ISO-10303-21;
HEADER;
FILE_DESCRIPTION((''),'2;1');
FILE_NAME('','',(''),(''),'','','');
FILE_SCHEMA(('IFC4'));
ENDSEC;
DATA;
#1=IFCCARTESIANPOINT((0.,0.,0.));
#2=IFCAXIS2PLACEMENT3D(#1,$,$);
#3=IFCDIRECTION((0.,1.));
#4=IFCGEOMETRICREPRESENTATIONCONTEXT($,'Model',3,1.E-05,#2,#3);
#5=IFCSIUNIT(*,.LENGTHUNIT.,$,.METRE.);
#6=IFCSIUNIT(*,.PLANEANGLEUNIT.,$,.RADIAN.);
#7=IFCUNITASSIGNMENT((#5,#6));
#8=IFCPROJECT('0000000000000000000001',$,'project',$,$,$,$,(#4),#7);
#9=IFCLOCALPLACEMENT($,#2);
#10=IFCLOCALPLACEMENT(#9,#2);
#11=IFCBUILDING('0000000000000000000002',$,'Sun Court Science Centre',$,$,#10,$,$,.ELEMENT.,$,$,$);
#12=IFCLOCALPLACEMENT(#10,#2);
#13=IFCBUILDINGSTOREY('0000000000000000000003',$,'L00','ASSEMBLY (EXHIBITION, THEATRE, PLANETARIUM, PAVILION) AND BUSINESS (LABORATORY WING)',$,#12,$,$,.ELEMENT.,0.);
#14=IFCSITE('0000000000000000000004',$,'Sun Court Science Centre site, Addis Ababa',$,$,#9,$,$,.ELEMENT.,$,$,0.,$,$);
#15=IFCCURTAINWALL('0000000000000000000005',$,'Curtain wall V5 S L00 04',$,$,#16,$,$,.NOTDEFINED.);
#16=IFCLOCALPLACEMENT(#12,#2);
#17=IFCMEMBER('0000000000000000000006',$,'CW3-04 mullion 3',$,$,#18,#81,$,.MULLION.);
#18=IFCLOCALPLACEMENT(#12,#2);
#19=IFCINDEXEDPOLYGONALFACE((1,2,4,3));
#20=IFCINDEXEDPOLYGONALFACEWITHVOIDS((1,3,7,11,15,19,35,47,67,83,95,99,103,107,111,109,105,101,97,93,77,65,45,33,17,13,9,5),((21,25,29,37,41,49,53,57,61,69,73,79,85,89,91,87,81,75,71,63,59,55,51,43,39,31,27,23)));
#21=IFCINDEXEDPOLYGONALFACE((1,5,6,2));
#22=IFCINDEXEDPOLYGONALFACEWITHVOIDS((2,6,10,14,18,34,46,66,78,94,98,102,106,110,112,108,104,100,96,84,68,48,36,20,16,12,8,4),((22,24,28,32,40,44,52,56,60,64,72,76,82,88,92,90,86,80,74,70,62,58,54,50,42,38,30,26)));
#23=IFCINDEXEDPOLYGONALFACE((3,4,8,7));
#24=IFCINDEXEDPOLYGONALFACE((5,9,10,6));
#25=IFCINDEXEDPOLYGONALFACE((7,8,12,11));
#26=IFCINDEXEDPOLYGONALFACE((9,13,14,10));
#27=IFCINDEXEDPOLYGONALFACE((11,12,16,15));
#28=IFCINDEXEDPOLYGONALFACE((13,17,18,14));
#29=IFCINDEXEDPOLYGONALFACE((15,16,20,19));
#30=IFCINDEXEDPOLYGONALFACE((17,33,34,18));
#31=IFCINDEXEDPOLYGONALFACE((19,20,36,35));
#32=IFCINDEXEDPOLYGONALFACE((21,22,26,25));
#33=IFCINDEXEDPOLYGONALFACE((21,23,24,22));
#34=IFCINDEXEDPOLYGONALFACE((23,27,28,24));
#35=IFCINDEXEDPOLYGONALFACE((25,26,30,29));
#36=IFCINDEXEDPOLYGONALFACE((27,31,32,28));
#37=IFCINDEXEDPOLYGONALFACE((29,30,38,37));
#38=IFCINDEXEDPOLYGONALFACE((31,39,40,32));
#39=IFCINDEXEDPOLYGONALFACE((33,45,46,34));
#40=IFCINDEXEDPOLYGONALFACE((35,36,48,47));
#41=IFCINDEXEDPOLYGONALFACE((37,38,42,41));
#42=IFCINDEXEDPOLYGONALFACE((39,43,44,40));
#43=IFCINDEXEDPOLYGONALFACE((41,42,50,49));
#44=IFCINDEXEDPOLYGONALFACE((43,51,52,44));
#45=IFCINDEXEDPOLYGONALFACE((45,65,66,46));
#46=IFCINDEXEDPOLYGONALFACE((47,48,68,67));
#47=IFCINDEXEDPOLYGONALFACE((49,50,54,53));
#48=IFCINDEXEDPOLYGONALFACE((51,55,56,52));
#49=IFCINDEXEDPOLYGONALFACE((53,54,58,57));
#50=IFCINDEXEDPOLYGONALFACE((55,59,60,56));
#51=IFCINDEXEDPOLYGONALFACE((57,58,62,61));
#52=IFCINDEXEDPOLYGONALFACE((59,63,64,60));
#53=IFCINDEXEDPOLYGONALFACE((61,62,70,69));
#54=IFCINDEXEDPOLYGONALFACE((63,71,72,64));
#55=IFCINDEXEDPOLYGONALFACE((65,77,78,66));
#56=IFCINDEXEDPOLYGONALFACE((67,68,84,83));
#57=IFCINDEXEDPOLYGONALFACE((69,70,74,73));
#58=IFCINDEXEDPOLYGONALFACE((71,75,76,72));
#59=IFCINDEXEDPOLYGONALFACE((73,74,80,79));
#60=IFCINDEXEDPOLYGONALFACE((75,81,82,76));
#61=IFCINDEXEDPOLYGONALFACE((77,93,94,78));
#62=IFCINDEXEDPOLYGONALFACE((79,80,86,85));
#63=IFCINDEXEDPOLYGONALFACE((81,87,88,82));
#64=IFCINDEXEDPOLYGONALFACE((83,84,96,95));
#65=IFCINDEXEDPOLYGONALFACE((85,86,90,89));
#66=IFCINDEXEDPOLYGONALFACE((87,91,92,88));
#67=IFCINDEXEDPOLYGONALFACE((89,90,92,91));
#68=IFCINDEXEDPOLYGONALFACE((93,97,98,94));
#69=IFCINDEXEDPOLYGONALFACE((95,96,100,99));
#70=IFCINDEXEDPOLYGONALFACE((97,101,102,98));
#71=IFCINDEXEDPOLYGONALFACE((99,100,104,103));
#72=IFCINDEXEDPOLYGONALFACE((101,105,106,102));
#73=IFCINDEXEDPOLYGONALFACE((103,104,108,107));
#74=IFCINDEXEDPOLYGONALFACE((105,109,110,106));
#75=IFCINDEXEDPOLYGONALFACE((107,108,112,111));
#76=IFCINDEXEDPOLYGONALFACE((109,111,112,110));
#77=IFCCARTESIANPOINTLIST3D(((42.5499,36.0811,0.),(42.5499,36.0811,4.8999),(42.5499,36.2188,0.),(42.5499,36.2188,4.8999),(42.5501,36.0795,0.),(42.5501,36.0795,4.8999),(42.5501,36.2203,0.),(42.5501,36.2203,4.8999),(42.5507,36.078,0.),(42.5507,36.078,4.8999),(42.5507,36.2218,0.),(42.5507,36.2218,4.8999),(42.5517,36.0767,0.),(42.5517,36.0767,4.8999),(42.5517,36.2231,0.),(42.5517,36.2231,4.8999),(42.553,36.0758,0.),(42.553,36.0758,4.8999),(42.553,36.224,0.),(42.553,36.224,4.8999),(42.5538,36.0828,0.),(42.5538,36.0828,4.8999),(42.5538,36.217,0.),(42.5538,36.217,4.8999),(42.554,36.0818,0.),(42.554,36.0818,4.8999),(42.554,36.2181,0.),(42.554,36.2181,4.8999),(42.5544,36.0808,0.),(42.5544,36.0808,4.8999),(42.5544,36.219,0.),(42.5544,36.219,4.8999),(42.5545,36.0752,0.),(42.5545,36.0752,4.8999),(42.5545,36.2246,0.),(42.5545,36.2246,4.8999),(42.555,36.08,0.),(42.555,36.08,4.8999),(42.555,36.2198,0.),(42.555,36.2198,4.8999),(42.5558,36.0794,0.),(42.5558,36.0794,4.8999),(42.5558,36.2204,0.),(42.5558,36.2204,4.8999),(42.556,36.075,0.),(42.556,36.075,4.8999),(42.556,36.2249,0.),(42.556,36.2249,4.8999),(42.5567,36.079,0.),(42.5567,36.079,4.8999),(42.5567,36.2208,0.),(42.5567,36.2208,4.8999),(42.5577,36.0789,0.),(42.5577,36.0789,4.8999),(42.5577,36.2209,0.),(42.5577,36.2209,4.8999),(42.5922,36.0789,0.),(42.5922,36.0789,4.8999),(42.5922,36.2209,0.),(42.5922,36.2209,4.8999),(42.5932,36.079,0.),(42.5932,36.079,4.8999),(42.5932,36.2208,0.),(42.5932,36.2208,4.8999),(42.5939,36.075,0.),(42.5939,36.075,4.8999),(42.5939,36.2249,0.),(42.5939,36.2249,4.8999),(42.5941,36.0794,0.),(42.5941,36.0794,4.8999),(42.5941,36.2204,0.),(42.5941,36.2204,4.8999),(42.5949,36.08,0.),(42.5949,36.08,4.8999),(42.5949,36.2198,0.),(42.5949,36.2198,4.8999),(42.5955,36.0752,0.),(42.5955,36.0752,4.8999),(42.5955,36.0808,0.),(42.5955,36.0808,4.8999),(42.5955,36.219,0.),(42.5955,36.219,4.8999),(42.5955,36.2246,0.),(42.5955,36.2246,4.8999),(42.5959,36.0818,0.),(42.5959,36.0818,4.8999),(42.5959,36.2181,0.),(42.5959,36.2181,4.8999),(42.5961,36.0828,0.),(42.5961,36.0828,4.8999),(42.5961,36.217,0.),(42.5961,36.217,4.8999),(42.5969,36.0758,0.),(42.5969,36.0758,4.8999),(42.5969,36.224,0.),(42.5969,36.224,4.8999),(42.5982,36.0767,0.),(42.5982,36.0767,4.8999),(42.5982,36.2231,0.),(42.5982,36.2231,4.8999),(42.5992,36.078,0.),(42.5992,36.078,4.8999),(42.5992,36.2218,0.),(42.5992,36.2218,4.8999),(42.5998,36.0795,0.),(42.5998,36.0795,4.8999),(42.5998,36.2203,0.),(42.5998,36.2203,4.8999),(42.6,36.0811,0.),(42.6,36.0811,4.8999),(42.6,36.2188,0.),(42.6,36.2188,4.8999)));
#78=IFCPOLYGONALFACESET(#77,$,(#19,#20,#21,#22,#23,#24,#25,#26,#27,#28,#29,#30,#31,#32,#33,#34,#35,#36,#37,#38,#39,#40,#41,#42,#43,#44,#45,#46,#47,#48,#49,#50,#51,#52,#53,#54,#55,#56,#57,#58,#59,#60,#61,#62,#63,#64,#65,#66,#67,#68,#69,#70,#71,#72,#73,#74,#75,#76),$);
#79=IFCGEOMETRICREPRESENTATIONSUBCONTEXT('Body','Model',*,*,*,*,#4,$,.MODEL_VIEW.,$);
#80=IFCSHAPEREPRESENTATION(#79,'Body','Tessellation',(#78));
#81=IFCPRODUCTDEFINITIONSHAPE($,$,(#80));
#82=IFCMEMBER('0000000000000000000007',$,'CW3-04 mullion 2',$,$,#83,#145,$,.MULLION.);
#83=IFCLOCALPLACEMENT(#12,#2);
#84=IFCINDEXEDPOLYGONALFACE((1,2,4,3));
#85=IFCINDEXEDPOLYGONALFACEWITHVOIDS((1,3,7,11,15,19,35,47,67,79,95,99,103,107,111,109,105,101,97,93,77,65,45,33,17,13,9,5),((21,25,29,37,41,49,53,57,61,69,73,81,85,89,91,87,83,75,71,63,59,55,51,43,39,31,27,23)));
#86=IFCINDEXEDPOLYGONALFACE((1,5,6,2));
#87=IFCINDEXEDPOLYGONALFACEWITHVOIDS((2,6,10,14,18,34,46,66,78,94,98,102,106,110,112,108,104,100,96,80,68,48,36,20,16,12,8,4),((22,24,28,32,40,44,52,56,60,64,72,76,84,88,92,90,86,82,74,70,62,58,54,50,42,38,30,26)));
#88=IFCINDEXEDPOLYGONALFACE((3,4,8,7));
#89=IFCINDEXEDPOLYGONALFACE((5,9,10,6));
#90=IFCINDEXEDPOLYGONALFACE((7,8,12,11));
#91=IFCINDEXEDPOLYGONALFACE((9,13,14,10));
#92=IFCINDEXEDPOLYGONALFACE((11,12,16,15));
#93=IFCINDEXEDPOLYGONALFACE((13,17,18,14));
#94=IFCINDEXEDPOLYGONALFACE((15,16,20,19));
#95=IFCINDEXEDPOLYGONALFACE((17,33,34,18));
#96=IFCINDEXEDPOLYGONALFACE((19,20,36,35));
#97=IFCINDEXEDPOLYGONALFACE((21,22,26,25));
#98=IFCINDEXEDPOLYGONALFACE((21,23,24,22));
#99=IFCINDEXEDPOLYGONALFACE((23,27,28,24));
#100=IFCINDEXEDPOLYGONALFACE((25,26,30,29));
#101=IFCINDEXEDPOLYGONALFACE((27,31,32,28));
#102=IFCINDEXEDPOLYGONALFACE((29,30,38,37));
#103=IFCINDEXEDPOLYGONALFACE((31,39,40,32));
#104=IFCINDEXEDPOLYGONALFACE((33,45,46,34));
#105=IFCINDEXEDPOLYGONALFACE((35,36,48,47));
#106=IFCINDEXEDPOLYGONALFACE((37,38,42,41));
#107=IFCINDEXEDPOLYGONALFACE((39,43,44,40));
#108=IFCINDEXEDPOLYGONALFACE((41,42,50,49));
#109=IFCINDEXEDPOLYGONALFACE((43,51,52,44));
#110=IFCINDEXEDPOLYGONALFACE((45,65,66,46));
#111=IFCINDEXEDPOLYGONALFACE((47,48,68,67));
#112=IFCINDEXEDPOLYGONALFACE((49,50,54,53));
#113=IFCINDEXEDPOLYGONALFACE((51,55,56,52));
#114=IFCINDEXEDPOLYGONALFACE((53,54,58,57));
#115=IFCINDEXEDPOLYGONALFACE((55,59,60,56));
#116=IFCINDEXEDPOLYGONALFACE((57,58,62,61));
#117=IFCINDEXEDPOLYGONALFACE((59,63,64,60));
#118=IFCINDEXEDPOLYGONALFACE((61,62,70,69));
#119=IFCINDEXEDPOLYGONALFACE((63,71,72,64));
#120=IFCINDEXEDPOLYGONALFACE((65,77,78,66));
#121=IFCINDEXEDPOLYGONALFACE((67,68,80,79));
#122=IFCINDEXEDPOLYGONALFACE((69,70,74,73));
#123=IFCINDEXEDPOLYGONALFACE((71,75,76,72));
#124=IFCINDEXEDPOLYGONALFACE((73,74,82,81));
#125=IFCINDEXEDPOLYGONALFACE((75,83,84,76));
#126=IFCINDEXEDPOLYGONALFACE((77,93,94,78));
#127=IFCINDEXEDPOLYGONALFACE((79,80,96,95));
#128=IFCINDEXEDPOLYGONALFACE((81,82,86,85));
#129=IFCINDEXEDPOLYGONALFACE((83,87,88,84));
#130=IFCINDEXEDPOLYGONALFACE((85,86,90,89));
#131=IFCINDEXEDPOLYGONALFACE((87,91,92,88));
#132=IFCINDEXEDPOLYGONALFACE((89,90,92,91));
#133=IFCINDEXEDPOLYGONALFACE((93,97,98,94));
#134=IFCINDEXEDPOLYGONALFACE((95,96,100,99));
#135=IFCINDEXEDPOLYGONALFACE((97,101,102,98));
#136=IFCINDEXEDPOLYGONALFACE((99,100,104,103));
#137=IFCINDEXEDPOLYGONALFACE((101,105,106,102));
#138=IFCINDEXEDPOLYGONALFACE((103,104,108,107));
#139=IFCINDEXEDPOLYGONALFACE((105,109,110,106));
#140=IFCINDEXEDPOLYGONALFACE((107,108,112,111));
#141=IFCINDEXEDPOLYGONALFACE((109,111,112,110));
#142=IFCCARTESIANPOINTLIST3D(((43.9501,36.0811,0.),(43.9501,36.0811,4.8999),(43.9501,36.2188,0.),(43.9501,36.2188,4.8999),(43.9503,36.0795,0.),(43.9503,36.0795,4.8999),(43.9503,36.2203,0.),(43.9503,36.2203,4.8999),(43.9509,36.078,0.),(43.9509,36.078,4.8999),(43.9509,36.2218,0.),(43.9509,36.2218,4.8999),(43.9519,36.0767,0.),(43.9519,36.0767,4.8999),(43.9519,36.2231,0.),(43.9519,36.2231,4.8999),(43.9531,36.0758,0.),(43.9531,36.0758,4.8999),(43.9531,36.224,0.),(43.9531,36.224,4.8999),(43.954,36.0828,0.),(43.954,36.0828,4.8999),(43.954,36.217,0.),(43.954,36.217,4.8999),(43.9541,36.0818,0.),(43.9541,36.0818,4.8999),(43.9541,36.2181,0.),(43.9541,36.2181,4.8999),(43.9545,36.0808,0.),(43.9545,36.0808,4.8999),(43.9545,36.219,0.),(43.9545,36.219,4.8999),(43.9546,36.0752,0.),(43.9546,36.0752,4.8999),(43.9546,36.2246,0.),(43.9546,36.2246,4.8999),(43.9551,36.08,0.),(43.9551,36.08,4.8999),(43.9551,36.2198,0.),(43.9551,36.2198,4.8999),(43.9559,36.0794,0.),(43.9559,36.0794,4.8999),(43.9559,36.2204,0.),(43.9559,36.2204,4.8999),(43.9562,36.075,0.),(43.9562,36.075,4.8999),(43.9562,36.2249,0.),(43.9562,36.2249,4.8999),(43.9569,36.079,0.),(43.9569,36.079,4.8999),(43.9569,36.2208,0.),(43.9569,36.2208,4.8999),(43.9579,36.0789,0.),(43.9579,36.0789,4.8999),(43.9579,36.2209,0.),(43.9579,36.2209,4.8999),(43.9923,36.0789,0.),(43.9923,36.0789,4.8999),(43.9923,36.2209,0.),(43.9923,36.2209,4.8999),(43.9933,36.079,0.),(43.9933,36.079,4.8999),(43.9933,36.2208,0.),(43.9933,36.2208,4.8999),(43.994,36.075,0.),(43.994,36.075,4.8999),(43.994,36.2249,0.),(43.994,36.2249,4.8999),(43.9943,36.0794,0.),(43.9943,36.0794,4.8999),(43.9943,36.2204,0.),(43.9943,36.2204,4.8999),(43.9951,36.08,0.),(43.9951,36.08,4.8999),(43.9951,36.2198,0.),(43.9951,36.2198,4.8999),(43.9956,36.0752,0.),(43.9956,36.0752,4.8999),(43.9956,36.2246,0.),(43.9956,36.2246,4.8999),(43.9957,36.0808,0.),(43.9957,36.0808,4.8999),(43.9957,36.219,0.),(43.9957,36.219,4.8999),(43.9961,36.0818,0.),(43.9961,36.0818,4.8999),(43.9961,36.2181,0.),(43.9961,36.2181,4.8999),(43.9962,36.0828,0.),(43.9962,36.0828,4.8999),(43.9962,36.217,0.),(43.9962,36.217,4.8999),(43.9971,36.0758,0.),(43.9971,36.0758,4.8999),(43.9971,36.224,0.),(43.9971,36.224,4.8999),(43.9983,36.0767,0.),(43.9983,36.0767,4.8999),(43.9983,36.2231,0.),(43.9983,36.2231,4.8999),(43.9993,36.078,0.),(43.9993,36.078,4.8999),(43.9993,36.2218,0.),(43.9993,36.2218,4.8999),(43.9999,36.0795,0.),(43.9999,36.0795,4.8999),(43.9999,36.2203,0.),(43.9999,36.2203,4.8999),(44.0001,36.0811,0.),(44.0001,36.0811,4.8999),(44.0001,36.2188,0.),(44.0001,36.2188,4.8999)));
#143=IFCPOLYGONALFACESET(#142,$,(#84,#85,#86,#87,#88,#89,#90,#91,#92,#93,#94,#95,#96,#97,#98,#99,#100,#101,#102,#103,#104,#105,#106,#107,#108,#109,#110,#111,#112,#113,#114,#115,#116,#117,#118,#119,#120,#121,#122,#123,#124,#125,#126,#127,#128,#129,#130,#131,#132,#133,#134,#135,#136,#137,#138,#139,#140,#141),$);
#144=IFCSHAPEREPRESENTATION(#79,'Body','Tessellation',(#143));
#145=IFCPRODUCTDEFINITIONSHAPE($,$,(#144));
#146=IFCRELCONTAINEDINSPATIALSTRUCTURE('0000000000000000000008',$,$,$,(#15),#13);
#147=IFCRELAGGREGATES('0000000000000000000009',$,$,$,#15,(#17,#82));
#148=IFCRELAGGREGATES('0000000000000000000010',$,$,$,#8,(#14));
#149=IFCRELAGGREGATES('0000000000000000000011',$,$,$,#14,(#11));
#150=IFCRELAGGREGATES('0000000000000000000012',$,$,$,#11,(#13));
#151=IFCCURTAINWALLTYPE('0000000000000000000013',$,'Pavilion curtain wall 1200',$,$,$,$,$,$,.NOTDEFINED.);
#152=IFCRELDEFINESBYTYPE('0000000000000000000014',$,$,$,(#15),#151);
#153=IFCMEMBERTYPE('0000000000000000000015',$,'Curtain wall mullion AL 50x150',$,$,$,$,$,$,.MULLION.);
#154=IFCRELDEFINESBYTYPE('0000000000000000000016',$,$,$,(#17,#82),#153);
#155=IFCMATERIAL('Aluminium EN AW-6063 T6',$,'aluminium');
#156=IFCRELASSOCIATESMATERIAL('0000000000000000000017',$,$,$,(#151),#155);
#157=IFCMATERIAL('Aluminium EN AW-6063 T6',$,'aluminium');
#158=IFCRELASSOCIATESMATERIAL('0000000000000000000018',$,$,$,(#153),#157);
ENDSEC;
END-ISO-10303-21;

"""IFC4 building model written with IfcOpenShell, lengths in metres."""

from ifc_helpers import new_model, si_unit, direction, frame, origin, origin_2d, place, context, subcontext, project, spatial, hollow_rectangle, extrude, material, material_profile, profile_set, type_object, element, aggregate, save


model = new_model("IFC4")

# Units and contexts
model_context = context("Model", 3, precision=1e-05, world=origin(), true_north=direction((0.0, 1.0)))
body_context = subcontext(model_context, "Body", "Model", "MODEL_VIEW")
ifc_project = project(units=[si_unit("LENGTHUNIT", "METRE"), si_unit("PLANEANGLEUNIT", "RADIAN")], contexts=[model_context])

# Site, building, storey
site_placement = place(None, origin())
site = spatial("IfcSite", under=ifc_project, at=site_placement, Name="Sun Court Science Centre site, Addis Ababa", CompositionType="ELEMENT", RefElevation=0.0)
building_placement = place(site_placement, origin())
building = spatial("IfcBuilding", under=site, at=building_placement, Name="Sun Court Science Centre", CompositionType="ELEMENT")
storey_placement = place(building_placement, origin())
storey = spatial("IfcBuildingStorey", under=building, at=storey_placement, Name="L00", Description="ASSEMBLY (EXHIBITION, THEATRE, PLANETARIUM, PAVILION) AND BUSINESS (LABORATORY WING)", CompositionType="ELEMENT", Elevation=0.0)

# Curtain wall, members
ifc_material_1 = material(Name="Aluminium EN AW-6063 T6", Category="aluminium")
curtain_wall_type = type_object("IfcCurtainWallType", Name="Pavilion curtain wall 1200", PredefinedType="NOTDEFINED", material=ifc_material_1)
curtain_wall_placement = place(storey_placement, origin())
curtain_wall = element("IfcCurtainWall", 1, at=curtain_wall_placement, inside=storey, type_object=curtain_wall_type, Name="Curtain wall V5 S L00 04", PredefinedType="NOTDEFINED")
ifc_material_2 = material(Name="Aluminium EN AW-6063 T6", Category="aluminium")
ifc_material_profile_1 = material_profile(ifc_material_2, hollow_rectangle(XDim=0.05, YDim=0.1499, WallThickness=0.0039, InnerFilletRadius=0.0039, OuterFilletRadius=0.0061, at=origin_2d()), Name="AL 50x150x4")
ifc_profile_set_1 = profile_set([ifc_material_profile_1], Name="Aluminium EN AW-6063 T6")
member_type_1 = type_object("IfcMemberType", Name="Curtain wall mullion AL 50x150", PredefinedType="MULLION", material=ifc_profile_set_1)
member_1_placement = place(storey_placement, frame((42.575, 36.1499, 0.0), z_axis=(0.0, 0.0, 1.0), x_axis=(-1.0, 0.0, 0.0)))
member_1 = element("IfcMember", 2, at=member_1_placement, type_object=member_type_1, Name="CW3-04 mullion 3", PredefinedType="MULLION", context=body_context, shape_type="SweptSolid", body=[
    extrude(hollow_rectangle(XDim=0.05, YDim=0.1499, WallThickness=0.0039, InnerFilletRadius=0.0039, OuterFilletRadius=0.0061, at=origin_2d()), origin(), (0.0, 0.0, 1.0), 4.8999),
])
member_2_placement = place(storey_placement, frame((43.9751, 36.1499, 0.0), z_axis=(0.0, 0.0, 1.0), x_axis=(-1.0, 0.0, 0.0)))
member_2 = element("IfcMember", 3, at=member_2_placement, type_object=member_type_1, Name="CW3-04 mullion 2", PredefinedType="MULLION", context=body_context, shape_type="SweptSolid", body=[
    extrude(hollow_rectangle(XDim=0.05, YDim=0.1499, WallThickness=0.0039, InnerFilletRadius=0.0039, OuterFilletRadius=0.0061, at=origin_2d()), origin(), (0.0, 0.0, 1.0), 4.8999),
])
aggregate(curtain_wall, [member_1, member_2])

save(model, "model.ifc")
